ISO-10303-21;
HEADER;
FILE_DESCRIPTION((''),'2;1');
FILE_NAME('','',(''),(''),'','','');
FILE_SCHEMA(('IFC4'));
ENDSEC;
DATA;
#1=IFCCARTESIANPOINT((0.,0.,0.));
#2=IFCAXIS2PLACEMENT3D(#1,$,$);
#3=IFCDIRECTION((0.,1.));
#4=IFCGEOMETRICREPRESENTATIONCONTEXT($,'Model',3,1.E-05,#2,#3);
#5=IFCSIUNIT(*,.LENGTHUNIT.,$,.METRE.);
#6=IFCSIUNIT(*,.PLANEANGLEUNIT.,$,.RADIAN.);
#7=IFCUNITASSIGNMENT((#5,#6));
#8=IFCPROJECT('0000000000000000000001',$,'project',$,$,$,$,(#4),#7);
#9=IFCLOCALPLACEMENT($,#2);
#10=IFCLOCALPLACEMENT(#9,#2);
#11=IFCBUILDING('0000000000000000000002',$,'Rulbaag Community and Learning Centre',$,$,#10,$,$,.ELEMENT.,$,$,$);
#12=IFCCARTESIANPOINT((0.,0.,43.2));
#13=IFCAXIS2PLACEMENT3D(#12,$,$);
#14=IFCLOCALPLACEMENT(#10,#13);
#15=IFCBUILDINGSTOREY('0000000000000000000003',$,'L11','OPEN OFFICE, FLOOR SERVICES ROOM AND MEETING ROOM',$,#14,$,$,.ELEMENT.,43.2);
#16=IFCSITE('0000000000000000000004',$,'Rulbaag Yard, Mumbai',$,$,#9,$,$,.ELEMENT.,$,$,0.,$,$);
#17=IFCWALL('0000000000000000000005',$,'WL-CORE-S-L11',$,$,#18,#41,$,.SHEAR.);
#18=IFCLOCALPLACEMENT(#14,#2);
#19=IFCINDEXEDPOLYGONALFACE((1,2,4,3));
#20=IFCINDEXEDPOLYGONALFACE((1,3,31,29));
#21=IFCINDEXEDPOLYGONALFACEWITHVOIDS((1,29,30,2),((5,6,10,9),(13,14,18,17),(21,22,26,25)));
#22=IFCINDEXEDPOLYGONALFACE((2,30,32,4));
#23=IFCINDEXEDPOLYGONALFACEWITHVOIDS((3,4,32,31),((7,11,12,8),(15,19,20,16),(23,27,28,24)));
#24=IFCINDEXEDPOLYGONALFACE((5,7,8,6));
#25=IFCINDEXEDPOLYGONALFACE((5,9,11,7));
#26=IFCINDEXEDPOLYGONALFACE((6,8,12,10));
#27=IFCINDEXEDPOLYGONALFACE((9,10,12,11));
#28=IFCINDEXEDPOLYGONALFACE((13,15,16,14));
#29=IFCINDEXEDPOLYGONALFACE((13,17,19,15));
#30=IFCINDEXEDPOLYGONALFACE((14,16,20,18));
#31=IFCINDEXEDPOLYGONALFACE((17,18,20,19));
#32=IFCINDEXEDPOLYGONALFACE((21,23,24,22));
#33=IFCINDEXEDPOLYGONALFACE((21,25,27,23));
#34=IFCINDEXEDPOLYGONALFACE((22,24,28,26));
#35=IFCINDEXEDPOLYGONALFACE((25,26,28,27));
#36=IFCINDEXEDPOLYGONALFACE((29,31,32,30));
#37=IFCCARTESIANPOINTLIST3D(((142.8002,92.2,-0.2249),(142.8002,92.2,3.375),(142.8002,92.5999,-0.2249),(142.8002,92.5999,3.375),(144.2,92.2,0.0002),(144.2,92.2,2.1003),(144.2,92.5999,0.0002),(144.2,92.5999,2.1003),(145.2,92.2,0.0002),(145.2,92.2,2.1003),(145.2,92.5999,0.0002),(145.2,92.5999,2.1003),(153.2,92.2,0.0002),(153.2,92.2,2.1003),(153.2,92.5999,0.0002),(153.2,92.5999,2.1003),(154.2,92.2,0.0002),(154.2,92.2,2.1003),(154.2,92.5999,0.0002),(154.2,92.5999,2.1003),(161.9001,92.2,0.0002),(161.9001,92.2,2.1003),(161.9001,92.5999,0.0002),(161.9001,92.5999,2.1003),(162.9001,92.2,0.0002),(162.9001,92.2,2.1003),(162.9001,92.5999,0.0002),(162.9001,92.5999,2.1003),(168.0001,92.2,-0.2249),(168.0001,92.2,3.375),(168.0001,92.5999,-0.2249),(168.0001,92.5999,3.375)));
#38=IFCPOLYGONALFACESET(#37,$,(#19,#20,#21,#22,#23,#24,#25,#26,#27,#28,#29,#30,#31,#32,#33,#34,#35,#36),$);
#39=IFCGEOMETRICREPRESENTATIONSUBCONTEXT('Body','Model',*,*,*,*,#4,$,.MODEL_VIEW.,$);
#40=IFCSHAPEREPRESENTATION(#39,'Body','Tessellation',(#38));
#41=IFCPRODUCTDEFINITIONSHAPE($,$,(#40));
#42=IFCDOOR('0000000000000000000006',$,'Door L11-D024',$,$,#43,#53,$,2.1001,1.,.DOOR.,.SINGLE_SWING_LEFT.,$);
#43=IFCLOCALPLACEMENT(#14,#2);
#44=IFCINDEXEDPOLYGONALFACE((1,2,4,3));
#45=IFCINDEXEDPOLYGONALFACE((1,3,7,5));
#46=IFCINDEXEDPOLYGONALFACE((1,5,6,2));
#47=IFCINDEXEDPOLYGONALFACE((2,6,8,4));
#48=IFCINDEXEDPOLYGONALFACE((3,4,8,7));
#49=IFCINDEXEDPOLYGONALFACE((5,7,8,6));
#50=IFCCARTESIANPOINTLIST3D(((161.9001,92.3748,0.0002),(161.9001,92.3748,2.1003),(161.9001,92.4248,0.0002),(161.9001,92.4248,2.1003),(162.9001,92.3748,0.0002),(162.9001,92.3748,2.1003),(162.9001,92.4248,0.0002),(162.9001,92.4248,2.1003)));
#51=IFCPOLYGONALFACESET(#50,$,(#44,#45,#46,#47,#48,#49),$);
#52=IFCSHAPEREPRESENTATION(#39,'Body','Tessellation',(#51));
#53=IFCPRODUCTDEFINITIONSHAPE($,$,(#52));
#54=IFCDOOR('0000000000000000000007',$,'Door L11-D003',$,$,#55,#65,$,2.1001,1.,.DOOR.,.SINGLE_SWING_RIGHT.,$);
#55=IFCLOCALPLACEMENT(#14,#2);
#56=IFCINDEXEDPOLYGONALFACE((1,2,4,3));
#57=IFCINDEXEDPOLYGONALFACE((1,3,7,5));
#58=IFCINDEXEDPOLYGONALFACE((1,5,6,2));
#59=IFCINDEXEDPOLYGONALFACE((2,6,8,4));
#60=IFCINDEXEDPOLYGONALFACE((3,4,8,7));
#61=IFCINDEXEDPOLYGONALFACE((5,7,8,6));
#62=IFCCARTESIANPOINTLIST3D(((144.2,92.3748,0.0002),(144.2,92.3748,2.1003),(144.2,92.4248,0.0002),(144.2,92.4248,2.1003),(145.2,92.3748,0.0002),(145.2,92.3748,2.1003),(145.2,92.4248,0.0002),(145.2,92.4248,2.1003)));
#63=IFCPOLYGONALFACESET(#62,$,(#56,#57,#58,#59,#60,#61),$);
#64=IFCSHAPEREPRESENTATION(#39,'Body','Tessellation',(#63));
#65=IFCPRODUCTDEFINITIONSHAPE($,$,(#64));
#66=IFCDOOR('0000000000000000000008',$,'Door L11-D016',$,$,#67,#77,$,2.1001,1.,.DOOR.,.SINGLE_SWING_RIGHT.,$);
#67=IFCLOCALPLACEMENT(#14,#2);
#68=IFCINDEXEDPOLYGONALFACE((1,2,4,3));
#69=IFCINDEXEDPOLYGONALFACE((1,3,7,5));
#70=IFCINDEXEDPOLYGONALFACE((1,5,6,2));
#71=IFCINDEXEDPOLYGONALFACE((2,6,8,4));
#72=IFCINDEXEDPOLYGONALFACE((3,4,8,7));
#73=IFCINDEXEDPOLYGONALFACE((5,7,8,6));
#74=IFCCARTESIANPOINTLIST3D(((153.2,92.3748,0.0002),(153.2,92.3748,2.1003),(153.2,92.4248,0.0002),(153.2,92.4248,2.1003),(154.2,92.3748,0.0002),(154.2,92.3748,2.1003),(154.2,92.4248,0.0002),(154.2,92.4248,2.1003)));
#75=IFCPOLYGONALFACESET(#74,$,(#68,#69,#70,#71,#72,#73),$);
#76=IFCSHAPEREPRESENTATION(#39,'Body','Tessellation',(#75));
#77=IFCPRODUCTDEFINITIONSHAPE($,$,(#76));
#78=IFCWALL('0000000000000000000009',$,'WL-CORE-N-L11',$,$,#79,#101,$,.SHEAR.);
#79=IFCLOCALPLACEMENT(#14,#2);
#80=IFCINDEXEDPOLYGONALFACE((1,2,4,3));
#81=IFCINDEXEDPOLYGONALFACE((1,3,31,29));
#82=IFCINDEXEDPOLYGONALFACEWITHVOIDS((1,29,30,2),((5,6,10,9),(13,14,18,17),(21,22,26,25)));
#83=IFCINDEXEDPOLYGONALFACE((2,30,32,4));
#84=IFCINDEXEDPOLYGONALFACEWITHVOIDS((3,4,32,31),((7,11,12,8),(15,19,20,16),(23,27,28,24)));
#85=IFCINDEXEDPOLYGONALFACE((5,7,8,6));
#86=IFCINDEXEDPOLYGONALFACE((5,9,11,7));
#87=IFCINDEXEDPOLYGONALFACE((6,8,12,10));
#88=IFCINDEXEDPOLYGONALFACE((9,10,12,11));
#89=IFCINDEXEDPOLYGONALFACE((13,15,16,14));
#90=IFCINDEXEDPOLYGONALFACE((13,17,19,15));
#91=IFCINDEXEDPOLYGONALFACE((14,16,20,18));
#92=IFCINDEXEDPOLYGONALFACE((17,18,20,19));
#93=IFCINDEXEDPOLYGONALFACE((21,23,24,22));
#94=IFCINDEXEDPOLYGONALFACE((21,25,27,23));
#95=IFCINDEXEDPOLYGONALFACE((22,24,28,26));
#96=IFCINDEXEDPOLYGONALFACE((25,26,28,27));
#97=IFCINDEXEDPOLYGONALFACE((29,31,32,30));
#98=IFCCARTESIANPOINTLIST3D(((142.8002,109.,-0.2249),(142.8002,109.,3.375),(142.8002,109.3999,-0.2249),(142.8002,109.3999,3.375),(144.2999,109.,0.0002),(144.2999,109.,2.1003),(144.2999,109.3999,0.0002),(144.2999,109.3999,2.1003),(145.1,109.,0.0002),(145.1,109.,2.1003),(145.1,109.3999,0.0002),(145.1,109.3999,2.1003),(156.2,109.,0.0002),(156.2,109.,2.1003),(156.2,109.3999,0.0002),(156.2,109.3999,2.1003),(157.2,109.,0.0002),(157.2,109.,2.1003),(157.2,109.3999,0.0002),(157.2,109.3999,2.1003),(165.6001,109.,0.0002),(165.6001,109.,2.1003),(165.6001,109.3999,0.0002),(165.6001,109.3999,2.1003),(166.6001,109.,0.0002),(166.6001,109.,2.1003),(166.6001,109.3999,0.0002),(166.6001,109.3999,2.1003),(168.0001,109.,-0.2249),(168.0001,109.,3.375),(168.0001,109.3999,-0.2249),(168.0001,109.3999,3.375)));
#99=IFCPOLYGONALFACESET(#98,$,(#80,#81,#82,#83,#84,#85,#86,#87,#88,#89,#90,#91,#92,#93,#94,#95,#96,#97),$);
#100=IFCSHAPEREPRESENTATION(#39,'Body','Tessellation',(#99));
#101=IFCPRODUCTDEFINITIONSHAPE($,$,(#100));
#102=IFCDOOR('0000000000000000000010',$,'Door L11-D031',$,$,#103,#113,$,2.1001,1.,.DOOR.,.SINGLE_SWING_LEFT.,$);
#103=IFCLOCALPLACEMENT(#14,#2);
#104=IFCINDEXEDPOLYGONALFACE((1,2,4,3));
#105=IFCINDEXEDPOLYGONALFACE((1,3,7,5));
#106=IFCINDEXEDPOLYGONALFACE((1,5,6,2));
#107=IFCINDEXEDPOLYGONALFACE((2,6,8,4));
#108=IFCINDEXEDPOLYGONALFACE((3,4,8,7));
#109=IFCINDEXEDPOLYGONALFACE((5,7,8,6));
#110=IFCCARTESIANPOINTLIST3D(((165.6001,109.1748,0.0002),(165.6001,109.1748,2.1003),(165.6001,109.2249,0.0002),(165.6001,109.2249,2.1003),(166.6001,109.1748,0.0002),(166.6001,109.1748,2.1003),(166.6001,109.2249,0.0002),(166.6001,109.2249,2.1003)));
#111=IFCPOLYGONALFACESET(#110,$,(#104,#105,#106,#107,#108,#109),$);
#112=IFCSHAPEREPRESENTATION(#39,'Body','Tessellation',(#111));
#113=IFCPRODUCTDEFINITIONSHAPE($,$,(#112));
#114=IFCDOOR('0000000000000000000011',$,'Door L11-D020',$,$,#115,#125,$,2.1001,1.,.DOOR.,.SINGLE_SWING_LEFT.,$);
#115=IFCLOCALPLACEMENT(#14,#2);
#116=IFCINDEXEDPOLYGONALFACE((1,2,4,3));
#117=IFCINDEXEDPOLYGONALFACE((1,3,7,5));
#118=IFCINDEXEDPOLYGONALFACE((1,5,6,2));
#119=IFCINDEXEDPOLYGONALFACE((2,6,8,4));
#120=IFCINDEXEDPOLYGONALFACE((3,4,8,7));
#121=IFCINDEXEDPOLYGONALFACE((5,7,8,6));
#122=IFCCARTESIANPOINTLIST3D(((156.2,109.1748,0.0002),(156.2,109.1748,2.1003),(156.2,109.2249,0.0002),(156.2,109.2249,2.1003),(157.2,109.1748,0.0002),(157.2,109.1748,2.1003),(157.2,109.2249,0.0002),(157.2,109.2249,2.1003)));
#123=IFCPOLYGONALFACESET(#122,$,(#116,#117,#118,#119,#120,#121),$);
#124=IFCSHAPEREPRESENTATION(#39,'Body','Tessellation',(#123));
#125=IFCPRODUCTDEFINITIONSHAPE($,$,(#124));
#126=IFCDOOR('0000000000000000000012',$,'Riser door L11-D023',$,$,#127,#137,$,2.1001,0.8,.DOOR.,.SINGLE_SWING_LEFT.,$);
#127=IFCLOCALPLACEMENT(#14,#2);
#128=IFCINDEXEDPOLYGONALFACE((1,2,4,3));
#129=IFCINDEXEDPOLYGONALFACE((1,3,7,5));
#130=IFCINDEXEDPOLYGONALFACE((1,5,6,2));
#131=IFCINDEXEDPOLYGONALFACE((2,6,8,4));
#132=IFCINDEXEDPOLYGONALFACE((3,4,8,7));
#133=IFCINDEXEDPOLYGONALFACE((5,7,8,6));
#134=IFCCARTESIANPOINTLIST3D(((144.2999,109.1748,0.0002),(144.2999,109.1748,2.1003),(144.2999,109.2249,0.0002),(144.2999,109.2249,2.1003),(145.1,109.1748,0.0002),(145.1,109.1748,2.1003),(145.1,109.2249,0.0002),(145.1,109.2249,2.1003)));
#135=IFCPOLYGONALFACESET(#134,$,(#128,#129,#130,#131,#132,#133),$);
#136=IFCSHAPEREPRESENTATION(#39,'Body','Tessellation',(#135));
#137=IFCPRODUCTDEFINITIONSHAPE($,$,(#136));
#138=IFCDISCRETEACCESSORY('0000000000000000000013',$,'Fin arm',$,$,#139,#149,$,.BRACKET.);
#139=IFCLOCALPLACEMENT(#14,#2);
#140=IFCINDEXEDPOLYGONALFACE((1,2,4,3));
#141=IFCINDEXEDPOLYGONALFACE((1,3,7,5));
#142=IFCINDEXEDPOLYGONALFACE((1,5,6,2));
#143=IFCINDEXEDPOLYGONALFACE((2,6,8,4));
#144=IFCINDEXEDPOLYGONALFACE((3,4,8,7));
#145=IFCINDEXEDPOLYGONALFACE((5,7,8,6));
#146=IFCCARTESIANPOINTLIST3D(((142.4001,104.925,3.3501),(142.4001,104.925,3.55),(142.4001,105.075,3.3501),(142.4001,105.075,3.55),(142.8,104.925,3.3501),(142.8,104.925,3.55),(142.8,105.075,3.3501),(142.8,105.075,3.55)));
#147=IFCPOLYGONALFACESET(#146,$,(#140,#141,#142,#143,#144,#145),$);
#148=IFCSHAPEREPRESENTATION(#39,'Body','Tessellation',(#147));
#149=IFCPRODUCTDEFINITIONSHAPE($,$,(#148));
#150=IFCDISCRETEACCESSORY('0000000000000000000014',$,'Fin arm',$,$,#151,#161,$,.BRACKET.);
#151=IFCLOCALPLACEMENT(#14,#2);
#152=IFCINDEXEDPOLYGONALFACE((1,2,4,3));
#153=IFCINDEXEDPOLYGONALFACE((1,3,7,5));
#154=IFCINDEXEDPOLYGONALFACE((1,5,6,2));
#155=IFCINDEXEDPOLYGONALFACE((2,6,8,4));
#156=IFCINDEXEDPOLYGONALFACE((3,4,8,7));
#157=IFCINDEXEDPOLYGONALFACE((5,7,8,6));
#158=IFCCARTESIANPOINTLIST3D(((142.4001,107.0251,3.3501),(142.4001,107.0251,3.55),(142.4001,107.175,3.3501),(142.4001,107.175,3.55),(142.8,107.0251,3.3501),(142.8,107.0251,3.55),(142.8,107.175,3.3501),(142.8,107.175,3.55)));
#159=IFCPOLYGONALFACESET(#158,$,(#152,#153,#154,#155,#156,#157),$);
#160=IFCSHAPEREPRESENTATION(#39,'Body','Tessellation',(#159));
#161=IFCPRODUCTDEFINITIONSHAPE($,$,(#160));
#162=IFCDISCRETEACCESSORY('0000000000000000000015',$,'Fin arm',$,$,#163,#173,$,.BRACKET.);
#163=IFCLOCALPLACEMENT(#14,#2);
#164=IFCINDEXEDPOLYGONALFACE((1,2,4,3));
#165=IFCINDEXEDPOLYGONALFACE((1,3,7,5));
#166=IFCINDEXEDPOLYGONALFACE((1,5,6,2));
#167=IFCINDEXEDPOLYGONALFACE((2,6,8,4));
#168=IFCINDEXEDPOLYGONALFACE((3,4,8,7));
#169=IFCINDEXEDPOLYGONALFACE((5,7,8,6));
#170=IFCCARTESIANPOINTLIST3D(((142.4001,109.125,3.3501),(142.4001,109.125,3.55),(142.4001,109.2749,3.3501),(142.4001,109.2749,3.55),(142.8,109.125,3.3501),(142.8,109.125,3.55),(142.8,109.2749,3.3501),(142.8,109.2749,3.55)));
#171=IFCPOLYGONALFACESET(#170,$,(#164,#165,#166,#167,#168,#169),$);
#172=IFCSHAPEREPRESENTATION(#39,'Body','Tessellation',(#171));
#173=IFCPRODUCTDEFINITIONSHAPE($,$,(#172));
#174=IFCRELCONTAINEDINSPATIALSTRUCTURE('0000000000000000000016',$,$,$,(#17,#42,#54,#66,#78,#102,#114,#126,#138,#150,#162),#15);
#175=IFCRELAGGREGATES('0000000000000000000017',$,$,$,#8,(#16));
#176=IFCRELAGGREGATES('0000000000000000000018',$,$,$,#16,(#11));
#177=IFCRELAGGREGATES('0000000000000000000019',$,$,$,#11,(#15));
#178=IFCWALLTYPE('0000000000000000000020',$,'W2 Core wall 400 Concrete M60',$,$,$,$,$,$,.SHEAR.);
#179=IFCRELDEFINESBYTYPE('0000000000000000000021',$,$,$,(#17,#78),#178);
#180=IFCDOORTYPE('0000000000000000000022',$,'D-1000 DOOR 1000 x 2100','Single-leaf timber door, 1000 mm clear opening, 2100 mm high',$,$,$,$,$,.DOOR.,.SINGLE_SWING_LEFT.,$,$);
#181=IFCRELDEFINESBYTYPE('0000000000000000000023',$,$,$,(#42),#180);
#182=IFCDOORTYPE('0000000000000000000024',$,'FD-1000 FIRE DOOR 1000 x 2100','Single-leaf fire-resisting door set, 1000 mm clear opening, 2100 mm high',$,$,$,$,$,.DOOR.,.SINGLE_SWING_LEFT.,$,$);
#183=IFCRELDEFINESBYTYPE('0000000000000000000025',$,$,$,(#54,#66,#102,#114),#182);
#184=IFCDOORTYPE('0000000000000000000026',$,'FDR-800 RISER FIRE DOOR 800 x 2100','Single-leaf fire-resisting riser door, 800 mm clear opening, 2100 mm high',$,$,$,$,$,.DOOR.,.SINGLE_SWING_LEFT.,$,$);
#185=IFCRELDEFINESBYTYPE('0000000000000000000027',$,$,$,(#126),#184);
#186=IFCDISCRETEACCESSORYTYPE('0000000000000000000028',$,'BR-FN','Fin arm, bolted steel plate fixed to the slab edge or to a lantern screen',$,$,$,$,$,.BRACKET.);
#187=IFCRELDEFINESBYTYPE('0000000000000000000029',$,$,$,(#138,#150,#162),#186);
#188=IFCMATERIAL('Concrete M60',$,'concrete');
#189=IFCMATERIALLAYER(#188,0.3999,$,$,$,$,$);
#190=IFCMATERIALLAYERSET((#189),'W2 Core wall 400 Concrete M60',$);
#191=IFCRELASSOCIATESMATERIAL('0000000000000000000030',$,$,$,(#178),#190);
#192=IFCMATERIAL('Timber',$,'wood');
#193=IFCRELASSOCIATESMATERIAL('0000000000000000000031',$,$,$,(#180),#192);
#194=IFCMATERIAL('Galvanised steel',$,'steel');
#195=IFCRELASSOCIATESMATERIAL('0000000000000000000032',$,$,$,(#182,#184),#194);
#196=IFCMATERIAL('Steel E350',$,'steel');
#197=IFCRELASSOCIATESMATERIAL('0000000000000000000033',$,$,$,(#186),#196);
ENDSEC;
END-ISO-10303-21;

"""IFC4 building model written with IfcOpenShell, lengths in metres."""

from ifc_helpers import new_model, si_unit, direction, frame, frame_2d, origin, origin_2d, place, context, subcontext, project, spatial, rectangle, extrude, material, layer, layer_set, type_object, element, fill, save


model = new_model("IFC4")

# Units and contexts
model_context = context("Model", 3, precision=1e-05, world=origin(), true_north=direction((0.0, 1.0)))
body_context = subcontext(model_context, "Body", "Model", "MODEL_VIEW")
ifc_project = project(units=[si_unit("LENGTHUNIT", "METRE"), si_unit("PLANEANGLEUNIT", "RADIAN")], contexts=[model_context])

# Site, building, storey
site_placement = place(None, origin())
site = spatial("IfcSite", under=ifc_project, at=site_placement, Name="Rulbaag Yard, Mumbai", CompositionType="ELEMENT", RefElevation=0.0)
building_placement = place(site_placement, origin())
building = spatial("IfcBuilding", under=site, at=building_placement, Name="Rulbaag Community and Learning Centre", CompositionType="ELEMENT")
storey_placement = place(building_placement, frame((0.0, 0.0, 43.2)))
storey = spatial("IfcBuildingStorey", under=building, at=storey_placement, Name="L11", Description="OPEN OFFICE, FLOOR SERVICES ROOM AND MEETING ROOM", CompositionType="ELEMENT", Elevation=43.2)

# Shared definitions
ifc_material_1 = material(Name="Concrete M60", Category="concrete")

# Walls, openings, doors
ifc_layer_1 = layer(ifc_material_1, 0.3999)
ifc_layer_set_1 = layer_set([ifc_layer_1], Name="W2 Core wall 400 Concrete M60")
wall_type_1 = type_object("IfcWallType", Name="W2 Core wall 400 Concrete M60", PredefinedType="SHEAR", material=ifc_layer_set_1)
wall_1_placement = place(storey_placement, frame((142.8, 92.3999, -0.2249), z_axis=(0.0, 0.0, 1.0), x_axis=(1.0, 0.0, 0.0)))
wall_1 = element("IfcWall", 1, at=wall_1_placement, inside=storey, type_object=wall_type_1, Name="WL-CORE-S-L11", PredefinedType="SHEAR", context=body_context, shape_type="SweptSolid", body=[
    extrude(rectangle(XDim=25.2, YDim=0.3999, at=frame_2d((12.6001, 0.0))), origin(), (0.0, 0.0, 1.0), 3.5999),
])
opening_1_placement = place(wall_1_placement, frame((1.3999, 0.0, 0.2251)))
opening_1 = element("IfcOpeningElement", 2, at=opening_1_placement, cuts=wall_1, PredefinedType="OPENING", context=body_context, shape_type="SweptSolid", body=[
    extrude(rectangle(XDim=1.0, YDim=2.1001, at=frame_2d((0.5, 1.05))), frame((0.0, 0.21, 0.0), z_axis=(0.0, -1.0, 0.0), x_axis=(1.0, 0.0, 0.0)), (0.0, 0.0, 1.0), 0.4199),
])
opening_2_placement = place(wall_1_placement, frame((19.1001, 0.0, 0.2251)))
opening_2 = element("IfcOpeningElement", 3, at=opening_2_placement, cuts=wall_1, PredefinedType="OPENING", context=body_context, shape_type="SweptSolid", body=[
    extrude(rectangle(XDim=1.0, YDim=2.1001, at=frame_2d((0.5, 1.05))), frame((0.0, 0.21, 0.0), z_axis=(0.0, -1.0, 0.0), x_axis=(1.0, 0.0, 0.0)), (0.0, 0.0, 1.0), 0.4199),
])
opening_3_placement = place(wall_1_placement, frame((10.3999, 0.0, 0.2251)))
opening_3 = element("IfcOpeningElement", 4, at=opening_3_placement, cuts=wall_1, PredefinedType="OPENING", context=body_context, shape_type="SweptSolid", body=[
    extrude(rectangle(XDim=1.0, YDim=2.1001, at=frame_2d((0.5, 1.05))), frame((0.0, 0.21, 0.0), z_axis=(0.0, -1.0, 0.0), x_axis=(1.0, 0.0, 0.0)), (0.0, 0.0, 1.0), 0.4199),
])
ifc_material_2 = material(Name="Timber", Category="wood")
door_type_1 = type_object("IfcDoorType", Name="D-1000 DOOR 1000 x 2100", Description="Single-leaf timber door, 1000 mm clear opening, 2100 mm high", OperationType="SINGLE_SWING_LEFT", PredefinedType="DOOR", material=ifc_material_2)
door_1_placement = place(opening_2_placement, origin())
door_1 = element("IfcDoor", 5, at=door_1_placement, inside=storey, type_object=door_type_1, Name="Door L11-D024", OperationType="SINGLE_SWING_LEFT", OverallHeight=2.1001, OverallWidth=1.0, PredefinedType="DOOR", context=body_context, shape_type="SweptSolid", body=[
    extrude(rectangle(XDim=1.0, YDim=2.1001, at=frame_2d((0.5, 1.05))), frame((0.0, 0.0249, 0.0), z_axis=(0.0, -1.0, 0.0), x_axis=(1.0, 0.0, 0.0)), (0.0, 0.0, 1.0), 0.05),
])
fill(opening_2, door_1)
ifc_material_3 = material(Name="Galvanised steel", Category="steel")
door_type_2 = type_object("IfcDoorType", Name="FD-1000 FIRE DOOR 1000 x 2100", Description="Single-leaf fire-resisting door set, 1000 mm clear opening, 2100 mm high", OperationType="SINGLE_SWING_LEFT", PredefinedType="DOOR", material=ifc_material_3)
door_2_placement = place(opening_1_placement, origin())
door_2 = element("IfcDoor", 6, at=door_2_placement, inside=storey, type_object=door_type_2, Name="Door L11-D003", OperationType="SINGLE_SWING_RIGHT", OverallHeight=2.1001, OverallWidth=1.0, PredefinedType="DOOR", context=body_context, shape_type="SweptSolid", body=[
    extrude(rectangle(XDim=1.0, YDim=2.1001, at=frame_2d((0.5, 1.05))), frame((0.0, 0.0249, 0.0), z_axis=(0.0, -1.0, 0.0), x_axis=(1.0, 0.0, 0.0)), (0.0, 0.0, 1.0), 0.05),
])
fill(opening_1, door_2)
door_3_placement = place(opening_3_placement, origin())
door_3 = element("IfcDoor", 7, at=door_3_placement, inside=storey, type_object=door_type_2, Name="Door L11-D016", OperationType="SINGLE_SWING_RIGHT", OverallHeight=2.1001, OverallWidth=1.0, PredefinedType="DOOR", context=body_context, shape_type="SweptSolid", body=[
    extrude(rectangle(XDim=1.0, YDim=2.1001, at=frame_2d((0.5, 1.05))), frame((0.0, 0.0249, 0.0), z_axis=(0.0, -1.0, 0.0), x_axis=(1.0, 0.0, 0.0)), (0.0, 0.0, 1.0), 0.05),
])
fill(opening_3, door_3)
wall_2_placement = place(storey_placement, frame((142.8, 109.2, -0.2249), z_axis=(0.0, 0.0, 1.0), x_axis=(1.0, 0.0, 0.0)))
wall_2 = element("IfcWall", 8, at=wall_2_placement, inside=storey, type_object=wall_type_1, Name="WL-CORE-N-L11", PredefinedType="SHEAR", context=body_context, shape_type="SweptSolid", body=[
    extrude(rectangle(XDim=25.2, YDim=0.3999, at=frame_2d((12.6001, 0.0))), origin(), (0.0, 0.0, 1.0), 3.5999),
])
opening_4_placement = place(wall_2_placement, frame((22.8, 0.0, 0.2251)))
opening_4 = element("IfcOpeningElement", 9, at=opening_4_placement, cuts=wall_2, PredefinedType="OPENING", context=body_context, shape_type="SweptSolid", body=[
    extrude(rectangle(XDim=1.0, YDim=2.1001, at=frame_2d((0.5, 1.05))), frame((0.0, 0.21, 0.0), z_axis=(0.0, -1.0, 0.0), x_axis=(1.0, 0.0, 0.0)), (0.0, 0.0, 1.0), 0.4199),
])
opening_5_placement = place(wall_2_placement, frame((1.5, 0.0, 0.2251)))
opening_5 = element("IfcOpeningElement", 10, at=opening_5_placement, cuts=wall_2, PredefinedType="OPENING", context=body_context, shape_type="SweptSolid", body=[
    extrude(rectangle(XDim=0.8, YDim=2.1001, at=frame_2d((0.3999, 1.05))), frame((0.0, 0.21, 0.0), z_axis=(0.0, -1.0, 0.0), x_axis=(1.0, 0.0, 0.0)), (0.0, 0.0, 1.0), 0.4199),
])
opening_6_placement = place(wall_2_placement, frame((13.3999, 0.0, 0.2251)))
opening_6 = element("IfcOpeningElement", 11, at=opening_6_placement, cuts=wall_2, PredefinedType="OPENING", context=body_context, shape_type="SweptSolid", body=[
    extrude(rectangle(XDim=1.0, YDim=2.1001, at=frame_2d((0.5, 1.05))), frame((0.0, 0.21, 0.0), z_axis=(0.0, -1.0, 0.0), x_axis=(1.0, 0.0, 0.0)), (0.0, 0.0, 1.0), 0.4199),
])
door_4_placement = place(opening_4_placement, origin())
door_4 = element("IfcDoor", 12, at=door_4_placement, inside=storey, type_object=door_type_2, Name="Door L11-D031", OperationType="SINGLE_SWING_LEFT", OverallHeight=2.1001, OverallWidth=1.0, PredefinedType="DOOR", context=body_context, shape_type="SweptSolid", body=[
    extrude(rectangle(XDim=1.0, YDim=2.1001, at=frame_2d((0.5, 1.05))), frame((0.0, 0.0249, 0.0), z_axis=(0.0, -1.0, 0.0), x_axis=(1.0, 0.0, 0.0)), (0.0, 0.0, 1.0), 0.05),
])
fill(opening_4, door_4)
door_5_placement = place(opening_6_placement, origin())
door_5 = element("IfcDoor", 13, at=door_5_placement, inside=storey, type_object=door_type_2, Name="Door L11-D020", OperationType="SINGLE_SWING_LEFT", OverallHeight=2.1001, OverallWidth=1.0, PredefinedType="DOOR", context=body_context, shape_type="SweptSolid", body=[
    extrude(rectangle(XDim=1.0, YDim=2.1001, at=frame_2d((0.5, 1.05))), frame((0.0, 0.0249, 0.0), z_axis=(0.0, -1.0, 0.0), x_axis=(1.0, 0.0, 0.0)), (0.0, 0.0, 1.0), 0.05),
])
fill(opening_6, door_5)
door_type_3 = type_object("IfcDoorType", Name="FDR-800 RISER FIRE DOOR 800 x 2100", Description="Single-leaf fire-resisting riser door, 800 mm clear opening, 2100 mm high", OperationType="SINGLE_SWING_LEFT", PredefinedType="DOOR", material=ifc_material_3)
door_6_placement = place(opening_5_placement, origin())
door_6 = element("IfcDoor", 14, at=door_6_placement, inside=storey, type_object=door_type_3, Name="Riser door L11-D023", OperationType="SINGLE_SWING_LEFT", OverallHeight=2.1001, OverallWidth=0.8, PredefinedType="DOOR", context=body_context, shape_type="SweptSolid", body=[
    extrude(rectangle(XDim=0.8, YDim=2.1001, at=frame_2d((0.3999, 1.05))), frame((0.0, 0.0249, 0.0), z_axis=(0.0, -1.0, 0.0), x_axis=(1.0, 0.0, 0.0)), (0.0, 0.0, 1.0), 0.05),
])
fill(opening_5, door_6)

# Discrete accessories
ifc_material_4 = material(Name="Steel E350", Category="steel")
discrete_accessory_type = type_object("IfcDiscreteAccessoryType", Name="BR-FN", Description="Fin arm, bolted steel plate fixed to the slab edge or to a lantern screen", PredefinedType="BRACKET", material=ifc_material_4)
for number, where, z_axis, x_axis, name in (
    (15, (142.6001, 105.0, 3.3501), (0.0, 0.0, 1.0), (1.0, 0.0, 0.0), "Fin arm"),
    (16, (142.6001, 107.1001, 3.3501), (0.0, 0.0, 1.0), (1.0, 0.0, 0.0), "Fin arm"),
    (17, (142.6001, 109.2, 3.3501), (0.0, 0.0, 1.0), (1.0, 0.0, 0.0), "Fin arm"),
):
    element("IfcDiscreteAccessory", number, at=place(storey_placement, frame(where, z_axis=z_axis, x_axis=x_axis)), inside=storey, type_object=discrete_accessory_type, Name=name, PredefinedType="BRACKET", context=body_context, shape_type="SweptSolid", body=[
        extrude(rectangle(XDim=0.3999, YDim=0.1499, at=origin_2d()), origin(), (0.0, 0.0, 1.0), 0.2),
    ])

save(model, "model.ifc")
